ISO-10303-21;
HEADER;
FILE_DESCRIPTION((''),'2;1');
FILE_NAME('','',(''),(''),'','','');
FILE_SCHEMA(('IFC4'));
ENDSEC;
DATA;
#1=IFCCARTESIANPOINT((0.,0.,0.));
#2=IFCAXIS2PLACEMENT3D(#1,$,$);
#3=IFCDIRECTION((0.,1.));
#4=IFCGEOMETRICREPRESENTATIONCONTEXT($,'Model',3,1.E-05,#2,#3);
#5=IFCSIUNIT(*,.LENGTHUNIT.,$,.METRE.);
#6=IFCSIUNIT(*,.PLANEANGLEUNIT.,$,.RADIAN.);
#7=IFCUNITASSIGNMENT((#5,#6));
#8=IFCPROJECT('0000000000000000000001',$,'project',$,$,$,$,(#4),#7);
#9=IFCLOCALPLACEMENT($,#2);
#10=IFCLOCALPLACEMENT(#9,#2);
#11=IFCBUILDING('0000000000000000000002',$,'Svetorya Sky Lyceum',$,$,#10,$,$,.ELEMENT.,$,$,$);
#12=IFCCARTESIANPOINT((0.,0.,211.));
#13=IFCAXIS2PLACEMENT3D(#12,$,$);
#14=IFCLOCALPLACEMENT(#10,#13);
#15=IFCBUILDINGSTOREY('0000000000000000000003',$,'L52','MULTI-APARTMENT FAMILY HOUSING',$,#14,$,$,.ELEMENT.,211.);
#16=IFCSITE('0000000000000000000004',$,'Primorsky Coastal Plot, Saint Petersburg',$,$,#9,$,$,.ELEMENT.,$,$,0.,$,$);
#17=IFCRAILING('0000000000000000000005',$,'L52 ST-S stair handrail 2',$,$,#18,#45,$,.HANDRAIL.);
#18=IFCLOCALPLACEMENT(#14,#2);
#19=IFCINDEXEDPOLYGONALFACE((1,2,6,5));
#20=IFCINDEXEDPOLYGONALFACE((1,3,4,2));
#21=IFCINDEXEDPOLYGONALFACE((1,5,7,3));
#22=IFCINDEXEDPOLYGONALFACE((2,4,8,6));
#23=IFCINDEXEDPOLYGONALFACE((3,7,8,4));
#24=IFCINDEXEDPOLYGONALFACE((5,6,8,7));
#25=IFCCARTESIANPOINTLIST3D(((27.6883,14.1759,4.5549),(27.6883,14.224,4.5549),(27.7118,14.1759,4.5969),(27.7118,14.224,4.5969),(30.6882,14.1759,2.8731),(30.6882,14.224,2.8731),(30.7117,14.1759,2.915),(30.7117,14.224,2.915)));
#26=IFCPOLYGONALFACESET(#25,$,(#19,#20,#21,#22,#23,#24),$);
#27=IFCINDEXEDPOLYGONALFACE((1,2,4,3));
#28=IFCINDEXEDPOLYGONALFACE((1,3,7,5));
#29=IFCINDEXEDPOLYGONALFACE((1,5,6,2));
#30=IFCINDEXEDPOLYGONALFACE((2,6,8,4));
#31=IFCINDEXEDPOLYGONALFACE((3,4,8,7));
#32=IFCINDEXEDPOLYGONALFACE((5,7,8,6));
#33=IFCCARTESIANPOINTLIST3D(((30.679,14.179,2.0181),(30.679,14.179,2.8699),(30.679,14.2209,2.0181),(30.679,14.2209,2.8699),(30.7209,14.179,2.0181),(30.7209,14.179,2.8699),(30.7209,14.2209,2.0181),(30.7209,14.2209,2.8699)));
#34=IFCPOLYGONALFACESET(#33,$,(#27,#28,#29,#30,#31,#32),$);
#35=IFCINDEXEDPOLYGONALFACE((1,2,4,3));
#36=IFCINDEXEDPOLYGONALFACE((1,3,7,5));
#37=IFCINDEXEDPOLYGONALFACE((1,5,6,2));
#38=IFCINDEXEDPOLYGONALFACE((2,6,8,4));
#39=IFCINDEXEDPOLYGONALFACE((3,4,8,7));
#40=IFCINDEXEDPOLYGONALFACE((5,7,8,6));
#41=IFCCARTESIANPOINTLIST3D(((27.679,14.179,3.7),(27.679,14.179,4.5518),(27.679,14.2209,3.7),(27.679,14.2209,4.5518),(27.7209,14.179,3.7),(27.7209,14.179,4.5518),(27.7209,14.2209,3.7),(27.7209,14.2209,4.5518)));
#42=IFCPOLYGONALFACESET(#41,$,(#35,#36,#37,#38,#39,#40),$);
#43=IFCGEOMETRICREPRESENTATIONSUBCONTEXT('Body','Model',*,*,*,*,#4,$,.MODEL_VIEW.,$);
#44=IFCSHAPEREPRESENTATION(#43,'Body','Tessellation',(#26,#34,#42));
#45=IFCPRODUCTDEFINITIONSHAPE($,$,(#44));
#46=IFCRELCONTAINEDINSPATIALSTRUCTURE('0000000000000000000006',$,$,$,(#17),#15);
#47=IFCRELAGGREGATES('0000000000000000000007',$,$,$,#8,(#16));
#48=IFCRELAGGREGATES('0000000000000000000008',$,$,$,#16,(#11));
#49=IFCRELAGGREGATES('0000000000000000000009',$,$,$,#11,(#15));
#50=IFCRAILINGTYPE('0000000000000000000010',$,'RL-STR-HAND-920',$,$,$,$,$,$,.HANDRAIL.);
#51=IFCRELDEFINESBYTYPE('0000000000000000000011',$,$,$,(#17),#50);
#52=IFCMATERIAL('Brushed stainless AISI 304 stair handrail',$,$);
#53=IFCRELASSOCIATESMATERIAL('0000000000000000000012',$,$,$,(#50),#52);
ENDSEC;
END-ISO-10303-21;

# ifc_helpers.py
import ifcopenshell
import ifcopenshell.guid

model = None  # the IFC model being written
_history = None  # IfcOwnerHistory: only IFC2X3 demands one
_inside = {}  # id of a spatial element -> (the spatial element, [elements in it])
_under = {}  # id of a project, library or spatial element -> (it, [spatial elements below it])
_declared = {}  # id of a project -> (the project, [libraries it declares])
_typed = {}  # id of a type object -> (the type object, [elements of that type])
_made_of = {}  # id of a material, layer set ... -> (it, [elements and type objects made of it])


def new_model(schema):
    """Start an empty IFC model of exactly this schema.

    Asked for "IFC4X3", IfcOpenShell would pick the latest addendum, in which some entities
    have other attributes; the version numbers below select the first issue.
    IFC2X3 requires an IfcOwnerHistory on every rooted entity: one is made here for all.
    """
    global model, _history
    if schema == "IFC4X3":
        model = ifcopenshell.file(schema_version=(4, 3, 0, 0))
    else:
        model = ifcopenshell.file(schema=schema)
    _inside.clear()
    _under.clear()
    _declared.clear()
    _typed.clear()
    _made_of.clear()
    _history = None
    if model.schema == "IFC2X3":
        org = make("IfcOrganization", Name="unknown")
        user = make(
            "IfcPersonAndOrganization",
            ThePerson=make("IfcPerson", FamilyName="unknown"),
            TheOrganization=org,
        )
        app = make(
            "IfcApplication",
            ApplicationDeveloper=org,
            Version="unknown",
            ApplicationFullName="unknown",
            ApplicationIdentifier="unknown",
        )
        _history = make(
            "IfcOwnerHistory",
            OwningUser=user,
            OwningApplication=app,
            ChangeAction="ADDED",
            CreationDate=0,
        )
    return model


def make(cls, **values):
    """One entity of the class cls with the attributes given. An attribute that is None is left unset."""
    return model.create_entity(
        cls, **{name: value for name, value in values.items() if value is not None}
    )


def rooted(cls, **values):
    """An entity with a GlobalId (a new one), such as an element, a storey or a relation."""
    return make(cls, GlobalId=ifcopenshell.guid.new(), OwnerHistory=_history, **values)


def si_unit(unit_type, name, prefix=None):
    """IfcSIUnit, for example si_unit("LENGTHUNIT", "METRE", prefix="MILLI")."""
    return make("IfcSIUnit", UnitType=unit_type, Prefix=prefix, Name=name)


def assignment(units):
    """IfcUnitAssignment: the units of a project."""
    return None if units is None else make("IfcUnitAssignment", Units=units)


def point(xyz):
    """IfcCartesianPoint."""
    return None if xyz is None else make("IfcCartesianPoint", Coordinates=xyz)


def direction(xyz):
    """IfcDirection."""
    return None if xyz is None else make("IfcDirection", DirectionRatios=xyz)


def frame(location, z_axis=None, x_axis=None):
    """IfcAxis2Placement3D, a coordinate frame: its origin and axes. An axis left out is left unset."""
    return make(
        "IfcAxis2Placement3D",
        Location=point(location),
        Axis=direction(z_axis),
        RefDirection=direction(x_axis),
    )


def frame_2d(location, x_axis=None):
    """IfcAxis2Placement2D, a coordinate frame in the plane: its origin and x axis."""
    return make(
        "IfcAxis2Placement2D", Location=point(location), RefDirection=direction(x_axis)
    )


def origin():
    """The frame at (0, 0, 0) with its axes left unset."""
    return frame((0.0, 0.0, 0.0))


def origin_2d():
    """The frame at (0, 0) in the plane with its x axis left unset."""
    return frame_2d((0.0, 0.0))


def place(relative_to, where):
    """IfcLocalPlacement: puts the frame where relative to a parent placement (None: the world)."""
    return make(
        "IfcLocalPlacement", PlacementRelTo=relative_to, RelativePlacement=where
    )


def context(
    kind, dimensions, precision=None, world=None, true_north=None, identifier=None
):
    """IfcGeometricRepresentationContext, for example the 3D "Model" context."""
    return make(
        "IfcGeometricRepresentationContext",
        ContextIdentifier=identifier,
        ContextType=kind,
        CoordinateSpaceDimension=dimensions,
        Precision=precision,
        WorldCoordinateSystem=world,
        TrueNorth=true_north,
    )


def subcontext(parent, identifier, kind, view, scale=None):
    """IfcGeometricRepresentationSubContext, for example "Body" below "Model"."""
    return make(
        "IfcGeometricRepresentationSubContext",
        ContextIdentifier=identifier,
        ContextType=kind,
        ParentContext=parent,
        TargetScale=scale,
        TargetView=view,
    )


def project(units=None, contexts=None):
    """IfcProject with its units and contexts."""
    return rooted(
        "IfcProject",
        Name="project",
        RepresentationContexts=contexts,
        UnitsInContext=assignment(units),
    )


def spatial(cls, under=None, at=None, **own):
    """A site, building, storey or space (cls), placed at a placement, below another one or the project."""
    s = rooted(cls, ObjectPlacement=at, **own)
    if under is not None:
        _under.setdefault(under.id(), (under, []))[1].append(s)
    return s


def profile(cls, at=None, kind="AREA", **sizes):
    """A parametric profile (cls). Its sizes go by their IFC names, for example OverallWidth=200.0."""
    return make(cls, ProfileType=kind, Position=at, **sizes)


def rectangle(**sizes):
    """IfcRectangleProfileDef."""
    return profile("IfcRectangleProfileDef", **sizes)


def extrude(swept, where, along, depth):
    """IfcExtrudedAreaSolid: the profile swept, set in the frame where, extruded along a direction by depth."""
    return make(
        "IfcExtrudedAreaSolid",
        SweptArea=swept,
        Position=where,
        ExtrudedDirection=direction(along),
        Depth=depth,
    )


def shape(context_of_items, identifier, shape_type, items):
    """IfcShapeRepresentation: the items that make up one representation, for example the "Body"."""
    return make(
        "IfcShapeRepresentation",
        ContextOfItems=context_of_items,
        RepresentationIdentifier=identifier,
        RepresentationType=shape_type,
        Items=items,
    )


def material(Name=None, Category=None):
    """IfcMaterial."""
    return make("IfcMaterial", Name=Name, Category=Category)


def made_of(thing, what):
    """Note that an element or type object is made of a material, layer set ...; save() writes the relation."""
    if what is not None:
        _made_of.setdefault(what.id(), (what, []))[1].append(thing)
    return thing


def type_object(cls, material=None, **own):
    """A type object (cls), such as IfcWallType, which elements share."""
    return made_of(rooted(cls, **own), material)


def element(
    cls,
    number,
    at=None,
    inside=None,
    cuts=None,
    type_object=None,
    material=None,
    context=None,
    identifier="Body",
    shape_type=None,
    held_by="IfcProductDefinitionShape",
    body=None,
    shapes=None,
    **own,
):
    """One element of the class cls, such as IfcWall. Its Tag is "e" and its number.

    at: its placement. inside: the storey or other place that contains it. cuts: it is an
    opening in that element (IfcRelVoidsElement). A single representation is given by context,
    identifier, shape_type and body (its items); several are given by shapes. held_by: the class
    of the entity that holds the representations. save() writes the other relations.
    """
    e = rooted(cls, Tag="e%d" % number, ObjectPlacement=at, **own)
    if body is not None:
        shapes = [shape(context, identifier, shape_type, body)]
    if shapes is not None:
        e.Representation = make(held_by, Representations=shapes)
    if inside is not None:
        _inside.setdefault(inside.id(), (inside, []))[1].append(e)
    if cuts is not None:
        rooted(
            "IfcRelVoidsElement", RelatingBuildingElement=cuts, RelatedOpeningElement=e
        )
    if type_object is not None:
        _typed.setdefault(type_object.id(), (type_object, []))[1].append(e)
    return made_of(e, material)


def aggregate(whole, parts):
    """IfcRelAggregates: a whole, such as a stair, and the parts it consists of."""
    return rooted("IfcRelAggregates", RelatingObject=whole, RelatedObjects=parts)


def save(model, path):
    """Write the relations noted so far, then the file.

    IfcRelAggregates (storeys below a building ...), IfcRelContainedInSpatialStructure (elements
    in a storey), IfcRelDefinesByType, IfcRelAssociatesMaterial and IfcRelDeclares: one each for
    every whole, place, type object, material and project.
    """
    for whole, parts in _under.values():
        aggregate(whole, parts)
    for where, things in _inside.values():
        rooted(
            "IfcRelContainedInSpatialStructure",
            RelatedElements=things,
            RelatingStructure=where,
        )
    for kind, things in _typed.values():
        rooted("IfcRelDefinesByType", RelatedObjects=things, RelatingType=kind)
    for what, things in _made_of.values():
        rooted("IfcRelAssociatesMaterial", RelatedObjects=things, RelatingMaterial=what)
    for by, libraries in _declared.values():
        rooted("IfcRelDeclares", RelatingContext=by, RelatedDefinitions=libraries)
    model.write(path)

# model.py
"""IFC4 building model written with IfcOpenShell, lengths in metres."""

from ifc_helpers import new_model, si_unit, direction, frame, origin, origin_2d, place, context, subcontext, project, spatial, rectangle, extrude, material, type_object, element, save


model = new_model("IFC4")

# Units and contexts
model_context = context("Model", 3, precision=1e-05, world=origin(), true_north=direction((0.0, 1.0)))
body_context = subcontext(model_context, "Body", "Model", "MODEL_VIEW")
ifc_project = project(units=[si_unit("LENGTHUNIT", "METRE"), si_unit("PLANEANGLEUNIT", "RADIAN")], contexts=[model_context])

# Site, building, storey
site_placement = place(None, origin())
site = spatial("IfcSite", under=ifc_project, at=site_placement, Name="Primorsky Coastal Plot, Saint Petersburg", CompositionType="ELEMENT", RefElevation=0.0)
building_placement = place(site_placement, origin())
building = spatial("IfcBuilding", under=site, at=building_placement, Name="Svetorya Sky Lyceum", CompositionType="ELEMENT")
storey_placement = place(building_placement, frame((0.0, 0.0, 211.0)))
storey = spatial("IfcBuildingStorey", under=building, at=storey_placement, Name="L52", Description="MULTI-APARTMENT FAMILY HOUSING", CompositionType="ELEMENT", Elevation=211.0)

# Railing
ifc_material_1 = material(Name="Brushed stainless AISI 304 stair handrail")
railing_type_1 = type_object("IfcRailingType", Name="RL-STR-HAND-920", PredefinedType="HANDRAIL", material=ifc_material_1)
railing_1_placement = place(storey_placement, frame((30.7, 14.2, 2.0181)))
element("IfcRailing", 1, at=railing_1_placement, inside=storey, type_object=railing_type_1, Name="L52 ST-S stair handrail 2", PredefinedType="HANDRAIL", context=body_context, shape_type="SweptSolid", body=[
    extrude(rectangle(XDim=0.0481, YDim=0.0481, at=origin_2d()), frame((0.0, 0.0, 0.876), z_axis=(-0.872272, 0.0, 0.48902), x_axis=(0.0, -1.0, 0.0)), (0.0, 0.0, 1.0), 3.4392),
    extrude(rectangle(XDim=0.042, YDim=0.042, at=origin_2d()), origin(), (0.0, 0.0, 1.0), 0.8518),
    extrude(rectangle(XDim=0.042, YDim=0.042, at=origin_2d()), frame((-3.0, 0.0, 1.6819)), (0.0, 0.0, 1.0), 0.8518),
])

save(model, "model.ifc")
